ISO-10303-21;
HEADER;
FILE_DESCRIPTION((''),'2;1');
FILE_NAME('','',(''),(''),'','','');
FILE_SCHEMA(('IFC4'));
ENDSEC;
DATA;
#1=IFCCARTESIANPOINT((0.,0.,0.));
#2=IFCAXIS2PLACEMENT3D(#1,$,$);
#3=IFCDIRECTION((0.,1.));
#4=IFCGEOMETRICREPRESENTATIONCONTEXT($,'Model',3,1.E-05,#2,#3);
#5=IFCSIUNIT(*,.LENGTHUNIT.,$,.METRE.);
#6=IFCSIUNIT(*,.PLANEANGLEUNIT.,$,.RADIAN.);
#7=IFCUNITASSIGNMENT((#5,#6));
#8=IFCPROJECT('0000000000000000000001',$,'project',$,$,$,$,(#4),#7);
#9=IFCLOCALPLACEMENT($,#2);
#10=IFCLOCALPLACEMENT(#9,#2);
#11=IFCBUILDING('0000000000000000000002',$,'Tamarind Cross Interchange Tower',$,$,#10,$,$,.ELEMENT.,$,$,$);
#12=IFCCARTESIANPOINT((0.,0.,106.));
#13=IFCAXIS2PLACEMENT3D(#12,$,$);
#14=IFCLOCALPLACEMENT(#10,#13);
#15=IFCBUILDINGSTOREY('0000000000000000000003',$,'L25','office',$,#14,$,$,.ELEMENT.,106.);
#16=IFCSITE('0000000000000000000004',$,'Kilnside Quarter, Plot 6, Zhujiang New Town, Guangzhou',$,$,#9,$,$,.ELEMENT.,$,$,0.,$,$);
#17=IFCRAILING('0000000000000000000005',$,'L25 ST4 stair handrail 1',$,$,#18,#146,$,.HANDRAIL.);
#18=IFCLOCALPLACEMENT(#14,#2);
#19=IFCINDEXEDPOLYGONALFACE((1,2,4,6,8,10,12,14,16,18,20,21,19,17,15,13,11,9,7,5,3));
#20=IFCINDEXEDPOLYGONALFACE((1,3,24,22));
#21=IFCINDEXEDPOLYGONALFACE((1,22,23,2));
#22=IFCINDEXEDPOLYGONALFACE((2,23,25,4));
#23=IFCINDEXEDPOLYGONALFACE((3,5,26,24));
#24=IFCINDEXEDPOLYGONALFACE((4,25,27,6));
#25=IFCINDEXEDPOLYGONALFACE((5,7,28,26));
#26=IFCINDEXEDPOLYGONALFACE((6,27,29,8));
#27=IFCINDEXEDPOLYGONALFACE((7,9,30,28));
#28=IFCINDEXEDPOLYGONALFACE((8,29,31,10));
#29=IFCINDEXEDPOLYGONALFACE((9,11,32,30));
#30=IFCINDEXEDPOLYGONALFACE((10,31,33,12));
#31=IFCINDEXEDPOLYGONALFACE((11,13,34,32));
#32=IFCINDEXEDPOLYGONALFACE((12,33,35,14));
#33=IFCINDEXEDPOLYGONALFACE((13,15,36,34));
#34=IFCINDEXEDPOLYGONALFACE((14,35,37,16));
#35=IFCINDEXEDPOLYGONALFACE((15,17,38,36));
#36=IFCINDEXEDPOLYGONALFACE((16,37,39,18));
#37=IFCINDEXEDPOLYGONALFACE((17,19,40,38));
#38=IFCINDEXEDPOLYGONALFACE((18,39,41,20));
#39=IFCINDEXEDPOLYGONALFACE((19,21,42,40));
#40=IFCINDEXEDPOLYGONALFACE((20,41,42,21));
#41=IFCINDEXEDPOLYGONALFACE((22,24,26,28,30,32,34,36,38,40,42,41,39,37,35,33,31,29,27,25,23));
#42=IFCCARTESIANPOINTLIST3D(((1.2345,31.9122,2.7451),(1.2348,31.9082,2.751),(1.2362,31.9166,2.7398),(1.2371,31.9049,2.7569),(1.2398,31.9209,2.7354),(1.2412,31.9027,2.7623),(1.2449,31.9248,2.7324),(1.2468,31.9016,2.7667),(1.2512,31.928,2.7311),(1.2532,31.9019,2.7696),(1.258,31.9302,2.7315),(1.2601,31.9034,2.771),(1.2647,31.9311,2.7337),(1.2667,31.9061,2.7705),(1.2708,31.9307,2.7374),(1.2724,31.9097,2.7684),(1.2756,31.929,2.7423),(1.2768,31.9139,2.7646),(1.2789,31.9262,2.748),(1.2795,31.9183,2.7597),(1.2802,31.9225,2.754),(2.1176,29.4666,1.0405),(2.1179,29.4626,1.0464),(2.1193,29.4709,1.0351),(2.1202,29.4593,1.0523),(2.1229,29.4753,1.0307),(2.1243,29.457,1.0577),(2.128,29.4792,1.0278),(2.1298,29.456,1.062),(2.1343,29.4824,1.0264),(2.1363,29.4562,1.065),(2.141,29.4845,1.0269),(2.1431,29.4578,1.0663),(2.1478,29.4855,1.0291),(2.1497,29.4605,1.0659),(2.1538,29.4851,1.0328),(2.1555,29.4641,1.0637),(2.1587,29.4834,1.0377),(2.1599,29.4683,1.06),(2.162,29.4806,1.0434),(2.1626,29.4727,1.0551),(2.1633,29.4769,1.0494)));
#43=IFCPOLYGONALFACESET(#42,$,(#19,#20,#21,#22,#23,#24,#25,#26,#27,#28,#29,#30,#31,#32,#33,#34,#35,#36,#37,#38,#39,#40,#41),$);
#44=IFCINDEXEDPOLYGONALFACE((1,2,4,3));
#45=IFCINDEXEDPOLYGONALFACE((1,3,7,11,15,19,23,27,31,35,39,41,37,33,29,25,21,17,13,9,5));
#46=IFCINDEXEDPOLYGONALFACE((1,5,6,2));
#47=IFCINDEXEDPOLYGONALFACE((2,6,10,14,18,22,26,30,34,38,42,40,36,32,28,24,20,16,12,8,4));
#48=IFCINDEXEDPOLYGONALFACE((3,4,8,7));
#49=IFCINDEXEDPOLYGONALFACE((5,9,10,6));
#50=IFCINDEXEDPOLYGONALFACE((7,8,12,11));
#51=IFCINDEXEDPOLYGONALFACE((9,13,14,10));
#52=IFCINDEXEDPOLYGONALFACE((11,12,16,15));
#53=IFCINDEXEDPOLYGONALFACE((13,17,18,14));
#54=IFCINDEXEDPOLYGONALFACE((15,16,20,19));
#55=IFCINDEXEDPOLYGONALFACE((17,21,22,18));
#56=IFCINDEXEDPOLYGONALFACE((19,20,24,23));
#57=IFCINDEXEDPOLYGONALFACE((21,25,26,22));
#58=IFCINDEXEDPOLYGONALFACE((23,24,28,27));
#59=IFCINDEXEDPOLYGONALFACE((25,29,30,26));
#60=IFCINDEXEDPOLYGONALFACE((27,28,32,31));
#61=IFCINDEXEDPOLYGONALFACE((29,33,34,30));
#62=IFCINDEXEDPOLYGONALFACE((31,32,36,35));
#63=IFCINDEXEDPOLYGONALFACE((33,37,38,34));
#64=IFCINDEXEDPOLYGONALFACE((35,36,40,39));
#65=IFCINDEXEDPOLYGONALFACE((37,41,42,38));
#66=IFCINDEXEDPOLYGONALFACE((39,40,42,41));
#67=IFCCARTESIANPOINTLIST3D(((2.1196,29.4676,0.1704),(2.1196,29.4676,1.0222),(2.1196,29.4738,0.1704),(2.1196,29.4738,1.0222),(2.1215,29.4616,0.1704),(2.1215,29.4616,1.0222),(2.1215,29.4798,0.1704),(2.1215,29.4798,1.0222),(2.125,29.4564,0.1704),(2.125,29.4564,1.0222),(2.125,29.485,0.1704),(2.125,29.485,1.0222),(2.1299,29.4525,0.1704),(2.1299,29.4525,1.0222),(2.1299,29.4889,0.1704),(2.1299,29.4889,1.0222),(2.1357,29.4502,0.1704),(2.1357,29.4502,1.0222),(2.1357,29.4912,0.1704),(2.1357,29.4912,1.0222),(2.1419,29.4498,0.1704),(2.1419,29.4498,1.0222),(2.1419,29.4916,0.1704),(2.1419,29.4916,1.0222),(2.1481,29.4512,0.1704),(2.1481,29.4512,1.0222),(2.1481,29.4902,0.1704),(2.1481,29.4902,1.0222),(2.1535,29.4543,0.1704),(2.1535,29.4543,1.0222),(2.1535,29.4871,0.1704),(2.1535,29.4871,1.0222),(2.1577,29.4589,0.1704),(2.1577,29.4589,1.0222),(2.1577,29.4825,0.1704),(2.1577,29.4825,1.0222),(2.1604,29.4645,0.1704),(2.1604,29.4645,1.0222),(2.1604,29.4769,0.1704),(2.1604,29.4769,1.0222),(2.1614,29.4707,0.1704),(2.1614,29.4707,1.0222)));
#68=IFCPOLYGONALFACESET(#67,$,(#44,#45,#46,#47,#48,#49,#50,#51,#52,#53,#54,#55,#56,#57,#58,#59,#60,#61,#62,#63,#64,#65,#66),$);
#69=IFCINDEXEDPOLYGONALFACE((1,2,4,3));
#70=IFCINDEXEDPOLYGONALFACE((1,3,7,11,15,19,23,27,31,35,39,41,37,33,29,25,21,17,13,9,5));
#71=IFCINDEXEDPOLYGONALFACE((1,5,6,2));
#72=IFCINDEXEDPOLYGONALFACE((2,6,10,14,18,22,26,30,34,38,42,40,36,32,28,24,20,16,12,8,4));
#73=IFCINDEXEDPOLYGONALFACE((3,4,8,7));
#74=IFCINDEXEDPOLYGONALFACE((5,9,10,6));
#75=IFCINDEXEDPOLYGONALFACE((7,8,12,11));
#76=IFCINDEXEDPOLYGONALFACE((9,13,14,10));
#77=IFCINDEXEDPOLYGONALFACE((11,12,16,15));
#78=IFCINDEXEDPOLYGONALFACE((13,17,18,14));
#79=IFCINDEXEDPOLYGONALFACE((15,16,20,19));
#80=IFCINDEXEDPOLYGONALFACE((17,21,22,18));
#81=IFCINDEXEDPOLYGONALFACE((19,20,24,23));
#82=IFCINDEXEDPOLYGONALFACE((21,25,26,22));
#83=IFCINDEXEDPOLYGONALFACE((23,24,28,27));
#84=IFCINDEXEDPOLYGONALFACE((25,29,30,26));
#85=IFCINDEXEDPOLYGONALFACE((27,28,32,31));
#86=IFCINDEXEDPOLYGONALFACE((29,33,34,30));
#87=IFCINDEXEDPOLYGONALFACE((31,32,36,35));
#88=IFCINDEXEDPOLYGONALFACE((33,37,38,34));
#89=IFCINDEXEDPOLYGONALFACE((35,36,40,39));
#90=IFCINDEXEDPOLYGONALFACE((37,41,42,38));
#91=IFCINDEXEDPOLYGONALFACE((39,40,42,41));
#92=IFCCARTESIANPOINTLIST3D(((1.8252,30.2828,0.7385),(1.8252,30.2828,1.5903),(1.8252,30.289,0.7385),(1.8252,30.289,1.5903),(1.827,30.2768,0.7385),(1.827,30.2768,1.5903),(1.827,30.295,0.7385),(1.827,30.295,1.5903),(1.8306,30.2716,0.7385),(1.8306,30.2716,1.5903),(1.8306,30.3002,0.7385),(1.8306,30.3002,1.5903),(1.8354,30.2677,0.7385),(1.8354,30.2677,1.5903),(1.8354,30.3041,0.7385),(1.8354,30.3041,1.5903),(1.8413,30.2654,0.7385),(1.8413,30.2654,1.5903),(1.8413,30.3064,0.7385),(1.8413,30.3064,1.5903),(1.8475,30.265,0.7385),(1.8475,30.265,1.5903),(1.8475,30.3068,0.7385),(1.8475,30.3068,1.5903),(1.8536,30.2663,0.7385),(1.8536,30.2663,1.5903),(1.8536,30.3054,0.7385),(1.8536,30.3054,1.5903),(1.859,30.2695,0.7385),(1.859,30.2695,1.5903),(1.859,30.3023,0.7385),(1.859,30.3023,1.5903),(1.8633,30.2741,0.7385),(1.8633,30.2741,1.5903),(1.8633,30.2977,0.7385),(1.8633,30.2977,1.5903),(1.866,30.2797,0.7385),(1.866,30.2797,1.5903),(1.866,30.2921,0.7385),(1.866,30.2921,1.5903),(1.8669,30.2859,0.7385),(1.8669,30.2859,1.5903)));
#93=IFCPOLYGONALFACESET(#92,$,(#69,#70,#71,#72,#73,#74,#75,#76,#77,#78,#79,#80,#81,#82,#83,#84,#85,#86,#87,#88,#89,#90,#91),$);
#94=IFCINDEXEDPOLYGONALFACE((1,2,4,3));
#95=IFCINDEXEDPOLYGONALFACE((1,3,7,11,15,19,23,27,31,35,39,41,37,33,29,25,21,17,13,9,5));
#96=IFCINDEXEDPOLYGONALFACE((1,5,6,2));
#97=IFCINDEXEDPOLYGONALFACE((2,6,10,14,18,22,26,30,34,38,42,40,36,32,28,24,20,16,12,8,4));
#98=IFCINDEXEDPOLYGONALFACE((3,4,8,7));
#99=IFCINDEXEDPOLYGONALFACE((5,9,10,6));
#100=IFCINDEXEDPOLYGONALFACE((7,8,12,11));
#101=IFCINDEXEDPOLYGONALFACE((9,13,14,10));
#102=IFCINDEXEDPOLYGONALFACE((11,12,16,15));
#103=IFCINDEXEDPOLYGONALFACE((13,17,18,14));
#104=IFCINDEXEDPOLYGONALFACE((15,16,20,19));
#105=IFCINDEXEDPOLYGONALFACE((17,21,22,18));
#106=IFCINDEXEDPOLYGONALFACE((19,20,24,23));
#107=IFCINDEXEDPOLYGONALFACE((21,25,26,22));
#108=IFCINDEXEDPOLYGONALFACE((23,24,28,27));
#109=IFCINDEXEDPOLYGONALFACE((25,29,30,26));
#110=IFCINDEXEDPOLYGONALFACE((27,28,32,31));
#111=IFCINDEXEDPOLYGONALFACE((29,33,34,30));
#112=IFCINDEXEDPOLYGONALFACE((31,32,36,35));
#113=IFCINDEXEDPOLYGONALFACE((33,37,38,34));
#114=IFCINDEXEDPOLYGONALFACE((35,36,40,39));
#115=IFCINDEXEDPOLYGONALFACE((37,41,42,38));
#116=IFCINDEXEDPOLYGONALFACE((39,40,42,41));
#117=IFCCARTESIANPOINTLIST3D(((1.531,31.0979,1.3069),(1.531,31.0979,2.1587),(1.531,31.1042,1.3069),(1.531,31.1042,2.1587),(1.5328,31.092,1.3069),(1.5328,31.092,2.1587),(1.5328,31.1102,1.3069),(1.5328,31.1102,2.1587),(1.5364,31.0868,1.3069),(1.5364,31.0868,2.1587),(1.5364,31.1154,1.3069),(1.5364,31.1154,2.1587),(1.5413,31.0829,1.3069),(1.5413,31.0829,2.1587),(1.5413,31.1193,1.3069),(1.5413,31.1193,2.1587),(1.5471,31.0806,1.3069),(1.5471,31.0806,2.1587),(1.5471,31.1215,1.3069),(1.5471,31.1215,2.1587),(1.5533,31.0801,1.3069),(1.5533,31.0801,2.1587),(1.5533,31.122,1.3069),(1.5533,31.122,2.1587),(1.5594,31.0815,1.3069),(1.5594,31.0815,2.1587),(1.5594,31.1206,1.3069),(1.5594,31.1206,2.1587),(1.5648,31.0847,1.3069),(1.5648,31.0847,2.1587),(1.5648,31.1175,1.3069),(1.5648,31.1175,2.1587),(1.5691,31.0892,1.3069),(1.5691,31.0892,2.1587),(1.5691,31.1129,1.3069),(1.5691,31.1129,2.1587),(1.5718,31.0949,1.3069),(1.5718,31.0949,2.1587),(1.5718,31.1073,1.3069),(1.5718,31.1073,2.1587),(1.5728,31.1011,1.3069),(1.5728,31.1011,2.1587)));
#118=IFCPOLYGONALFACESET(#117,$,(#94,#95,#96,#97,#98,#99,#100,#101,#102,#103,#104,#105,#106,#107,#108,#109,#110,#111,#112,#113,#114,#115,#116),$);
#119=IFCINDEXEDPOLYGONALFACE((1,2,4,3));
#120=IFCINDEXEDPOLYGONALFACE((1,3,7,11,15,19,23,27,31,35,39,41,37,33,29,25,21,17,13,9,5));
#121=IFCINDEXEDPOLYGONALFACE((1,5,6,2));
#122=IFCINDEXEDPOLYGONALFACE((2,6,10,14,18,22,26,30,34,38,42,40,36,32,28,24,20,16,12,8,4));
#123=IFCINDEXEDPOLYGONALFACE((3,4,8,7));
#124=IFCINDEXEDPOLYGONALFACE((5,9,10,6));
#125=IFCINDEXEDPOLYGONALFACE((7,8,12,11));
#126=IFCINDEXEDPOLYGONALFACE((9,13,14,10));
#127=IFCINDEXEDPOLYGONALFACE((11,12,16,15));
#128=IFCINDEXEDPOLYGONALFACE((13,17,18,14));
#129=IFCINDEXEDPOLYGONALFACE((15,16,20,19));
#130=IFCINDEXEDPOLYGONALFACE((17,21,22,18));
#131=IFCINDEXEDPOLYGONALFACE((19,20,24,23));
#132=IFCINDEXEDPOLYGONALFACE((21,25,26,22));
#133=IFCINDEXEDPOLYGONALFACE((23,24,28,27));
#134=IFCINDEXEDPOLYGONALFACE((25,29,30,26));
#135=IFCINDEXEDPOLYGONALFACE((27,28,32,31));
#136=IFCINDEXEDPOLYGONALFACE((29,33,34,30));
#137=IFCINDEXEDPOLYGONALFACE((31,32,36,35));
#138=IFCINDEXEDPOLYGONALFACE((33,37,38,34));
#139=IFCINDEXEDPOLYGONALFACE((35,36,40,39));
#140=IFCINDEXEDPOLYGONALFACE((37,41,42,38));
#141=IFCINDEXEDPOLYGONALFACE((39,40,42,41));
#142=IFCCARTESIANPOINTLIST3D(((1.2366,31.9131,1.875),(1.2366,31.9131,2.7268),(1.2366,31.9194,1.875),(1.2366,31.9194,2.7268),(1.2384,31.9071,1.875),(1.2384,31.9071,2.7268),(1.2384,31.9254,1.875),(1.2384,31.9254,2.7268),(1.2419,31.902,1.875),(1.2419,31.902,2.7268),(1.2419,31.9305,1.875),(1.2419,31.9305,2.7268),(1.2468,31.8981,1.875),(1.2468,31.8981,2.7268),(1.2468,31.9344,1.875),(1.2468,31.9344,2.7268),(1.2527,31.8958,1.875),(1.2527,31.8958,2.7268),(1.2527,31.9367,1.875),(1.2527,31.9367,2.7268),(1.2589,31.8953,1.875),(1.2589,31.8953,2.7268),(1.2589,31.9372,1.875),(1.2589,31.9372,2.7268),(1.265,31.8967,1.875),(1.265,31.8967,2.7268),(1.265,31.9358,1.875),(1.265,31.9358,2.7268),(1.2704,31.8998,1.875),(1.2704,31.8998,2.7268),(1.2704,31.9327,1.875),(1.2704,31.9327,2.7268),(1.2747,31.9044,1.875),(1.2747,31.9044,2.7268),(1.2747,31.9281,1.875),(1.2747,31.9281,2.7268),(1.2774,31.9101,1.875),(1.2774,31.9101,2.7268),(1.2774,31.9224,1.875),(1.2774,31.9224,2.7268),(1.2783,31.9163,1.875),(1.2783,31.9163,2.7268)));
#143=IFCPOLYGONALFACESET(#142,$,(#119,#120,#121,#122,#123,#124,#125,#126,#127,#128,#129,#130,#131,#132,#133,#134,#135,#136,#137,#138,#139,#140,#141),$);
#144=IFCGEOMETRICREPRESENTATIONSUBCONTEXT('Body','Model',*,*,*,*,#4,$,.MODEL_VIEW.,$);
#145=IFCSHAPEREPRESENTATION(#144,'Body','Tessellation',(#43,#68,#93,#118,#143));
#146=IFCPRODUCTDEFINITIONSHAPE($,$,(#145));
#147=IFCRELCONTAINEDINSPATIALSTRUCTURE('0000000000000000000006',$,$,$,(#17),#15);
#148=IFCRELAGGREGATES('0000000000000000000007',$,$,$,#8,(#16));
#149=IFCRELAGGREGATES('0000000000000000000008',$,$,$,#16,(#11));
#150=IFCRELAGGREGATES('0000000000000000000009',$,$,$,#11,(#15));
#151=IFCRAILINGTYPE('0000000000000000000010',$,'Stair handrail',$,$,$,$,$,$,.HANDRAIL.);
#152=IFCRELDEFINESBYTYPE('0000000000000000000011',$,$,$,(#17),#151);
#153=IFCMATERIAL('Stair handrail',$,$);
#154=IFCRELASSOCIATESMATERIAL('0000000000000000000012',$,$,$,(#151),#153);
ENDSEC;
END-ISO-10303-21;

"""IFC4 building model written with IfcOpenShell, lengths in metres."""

from ifc_helpers import new_model, si_unit, direction, frame, origin, origin_2d, place, context, subcontext, project, spatial, circle, extrude, material, type_object, element, save


model = new_model("IFC4")

# Units and contexts
model_context = context("Model", 3, precision=1e-05, world=origin(), true_north=direction((0.0, 1.0)))
body_context = subcontext(model_context, "Body", "Model", "MODEL_VIEW")
ifc_project = project(units=[si_unit("LENGTHUNIT", "METRE"), si_unit("PLANEANGLEUNIT", "RADIAN")], contexts=[model_context])

# Site, building, storey
site_placement = place(None, origin())
site = spatial("IfcSite", under=ifc_project, at=site_placement, Name="Kilnside Quarter, Plot 6, Zhujiang New Town, Guangzhou", CompositionType="ELEMENT", RefElevation=0.0)
building_placement = place(site_placement, origin())
building = spatial("IfcBuilding", under=site, at=building_placement, Name="Tamarind Cross Interchange Tower", CompositionType="ELEMENT")
storey_placement = place(building_placement, frame((0.0, 0.0, 106.0)))
storey = spatial("IfcBuildingStorey", under=building, at=storey_placement, Name="L25", Description="office", CompositionType="ELEMENT", Elevation=106.0)

# Railing
ifc_material_1 = material(Name="Stair handrail")
railing_type_1 = type_object("IfcRailingType", Name="Stair handrail", PredefinedType="HANDRAIL", material=ifc_material_1)
railing_1_placement = place(storey_placement, frame((2.1404, 29.4707, 0.1704)))
element("IfcRailing", 1, at=railing_1_placement, inside=storey, type_object=railing_type_1, Name="L25 ST4 stair handrail 1", PredefinedType="HANDRAIL", context=body_context, shape_type="SweptSolid", body=[
    extrude(circle(Radius=0.0239, at=origin_2d()), frame((0.0, 0.0, 0.876), z_axis=(-0.284028, 0.786594, 0.548268), x_axis=(-0.940561, -0.339624, 0.0)), (0.0, 0.0, 1.0), 3.1091),
    extrude(circle(Radius=0.021, at=origin_2d()), origin(), (0.0, 0.0, 1.0), 0.8518),
    extrude(circle(Radius=0.021, at=origin_2d()), frame((-0.2944, 0.8152, 0.5681)), (0.0, 0.0, 1.0), 0.8518),
    extrude(circle(Radius=0.021, at=origin_2d()), frame((-0.5886, 1.6304, 1.1365)), (0.0, 0.0, 1.0), 0.8518),
    extrude(circle(Radius=0.021, at=origin_2d()), frame((-0.8831, 2.4456, 1.7046)), (0.0, 0.0, 1.0), 0.8518),
])

save(model, "model.ifc")
